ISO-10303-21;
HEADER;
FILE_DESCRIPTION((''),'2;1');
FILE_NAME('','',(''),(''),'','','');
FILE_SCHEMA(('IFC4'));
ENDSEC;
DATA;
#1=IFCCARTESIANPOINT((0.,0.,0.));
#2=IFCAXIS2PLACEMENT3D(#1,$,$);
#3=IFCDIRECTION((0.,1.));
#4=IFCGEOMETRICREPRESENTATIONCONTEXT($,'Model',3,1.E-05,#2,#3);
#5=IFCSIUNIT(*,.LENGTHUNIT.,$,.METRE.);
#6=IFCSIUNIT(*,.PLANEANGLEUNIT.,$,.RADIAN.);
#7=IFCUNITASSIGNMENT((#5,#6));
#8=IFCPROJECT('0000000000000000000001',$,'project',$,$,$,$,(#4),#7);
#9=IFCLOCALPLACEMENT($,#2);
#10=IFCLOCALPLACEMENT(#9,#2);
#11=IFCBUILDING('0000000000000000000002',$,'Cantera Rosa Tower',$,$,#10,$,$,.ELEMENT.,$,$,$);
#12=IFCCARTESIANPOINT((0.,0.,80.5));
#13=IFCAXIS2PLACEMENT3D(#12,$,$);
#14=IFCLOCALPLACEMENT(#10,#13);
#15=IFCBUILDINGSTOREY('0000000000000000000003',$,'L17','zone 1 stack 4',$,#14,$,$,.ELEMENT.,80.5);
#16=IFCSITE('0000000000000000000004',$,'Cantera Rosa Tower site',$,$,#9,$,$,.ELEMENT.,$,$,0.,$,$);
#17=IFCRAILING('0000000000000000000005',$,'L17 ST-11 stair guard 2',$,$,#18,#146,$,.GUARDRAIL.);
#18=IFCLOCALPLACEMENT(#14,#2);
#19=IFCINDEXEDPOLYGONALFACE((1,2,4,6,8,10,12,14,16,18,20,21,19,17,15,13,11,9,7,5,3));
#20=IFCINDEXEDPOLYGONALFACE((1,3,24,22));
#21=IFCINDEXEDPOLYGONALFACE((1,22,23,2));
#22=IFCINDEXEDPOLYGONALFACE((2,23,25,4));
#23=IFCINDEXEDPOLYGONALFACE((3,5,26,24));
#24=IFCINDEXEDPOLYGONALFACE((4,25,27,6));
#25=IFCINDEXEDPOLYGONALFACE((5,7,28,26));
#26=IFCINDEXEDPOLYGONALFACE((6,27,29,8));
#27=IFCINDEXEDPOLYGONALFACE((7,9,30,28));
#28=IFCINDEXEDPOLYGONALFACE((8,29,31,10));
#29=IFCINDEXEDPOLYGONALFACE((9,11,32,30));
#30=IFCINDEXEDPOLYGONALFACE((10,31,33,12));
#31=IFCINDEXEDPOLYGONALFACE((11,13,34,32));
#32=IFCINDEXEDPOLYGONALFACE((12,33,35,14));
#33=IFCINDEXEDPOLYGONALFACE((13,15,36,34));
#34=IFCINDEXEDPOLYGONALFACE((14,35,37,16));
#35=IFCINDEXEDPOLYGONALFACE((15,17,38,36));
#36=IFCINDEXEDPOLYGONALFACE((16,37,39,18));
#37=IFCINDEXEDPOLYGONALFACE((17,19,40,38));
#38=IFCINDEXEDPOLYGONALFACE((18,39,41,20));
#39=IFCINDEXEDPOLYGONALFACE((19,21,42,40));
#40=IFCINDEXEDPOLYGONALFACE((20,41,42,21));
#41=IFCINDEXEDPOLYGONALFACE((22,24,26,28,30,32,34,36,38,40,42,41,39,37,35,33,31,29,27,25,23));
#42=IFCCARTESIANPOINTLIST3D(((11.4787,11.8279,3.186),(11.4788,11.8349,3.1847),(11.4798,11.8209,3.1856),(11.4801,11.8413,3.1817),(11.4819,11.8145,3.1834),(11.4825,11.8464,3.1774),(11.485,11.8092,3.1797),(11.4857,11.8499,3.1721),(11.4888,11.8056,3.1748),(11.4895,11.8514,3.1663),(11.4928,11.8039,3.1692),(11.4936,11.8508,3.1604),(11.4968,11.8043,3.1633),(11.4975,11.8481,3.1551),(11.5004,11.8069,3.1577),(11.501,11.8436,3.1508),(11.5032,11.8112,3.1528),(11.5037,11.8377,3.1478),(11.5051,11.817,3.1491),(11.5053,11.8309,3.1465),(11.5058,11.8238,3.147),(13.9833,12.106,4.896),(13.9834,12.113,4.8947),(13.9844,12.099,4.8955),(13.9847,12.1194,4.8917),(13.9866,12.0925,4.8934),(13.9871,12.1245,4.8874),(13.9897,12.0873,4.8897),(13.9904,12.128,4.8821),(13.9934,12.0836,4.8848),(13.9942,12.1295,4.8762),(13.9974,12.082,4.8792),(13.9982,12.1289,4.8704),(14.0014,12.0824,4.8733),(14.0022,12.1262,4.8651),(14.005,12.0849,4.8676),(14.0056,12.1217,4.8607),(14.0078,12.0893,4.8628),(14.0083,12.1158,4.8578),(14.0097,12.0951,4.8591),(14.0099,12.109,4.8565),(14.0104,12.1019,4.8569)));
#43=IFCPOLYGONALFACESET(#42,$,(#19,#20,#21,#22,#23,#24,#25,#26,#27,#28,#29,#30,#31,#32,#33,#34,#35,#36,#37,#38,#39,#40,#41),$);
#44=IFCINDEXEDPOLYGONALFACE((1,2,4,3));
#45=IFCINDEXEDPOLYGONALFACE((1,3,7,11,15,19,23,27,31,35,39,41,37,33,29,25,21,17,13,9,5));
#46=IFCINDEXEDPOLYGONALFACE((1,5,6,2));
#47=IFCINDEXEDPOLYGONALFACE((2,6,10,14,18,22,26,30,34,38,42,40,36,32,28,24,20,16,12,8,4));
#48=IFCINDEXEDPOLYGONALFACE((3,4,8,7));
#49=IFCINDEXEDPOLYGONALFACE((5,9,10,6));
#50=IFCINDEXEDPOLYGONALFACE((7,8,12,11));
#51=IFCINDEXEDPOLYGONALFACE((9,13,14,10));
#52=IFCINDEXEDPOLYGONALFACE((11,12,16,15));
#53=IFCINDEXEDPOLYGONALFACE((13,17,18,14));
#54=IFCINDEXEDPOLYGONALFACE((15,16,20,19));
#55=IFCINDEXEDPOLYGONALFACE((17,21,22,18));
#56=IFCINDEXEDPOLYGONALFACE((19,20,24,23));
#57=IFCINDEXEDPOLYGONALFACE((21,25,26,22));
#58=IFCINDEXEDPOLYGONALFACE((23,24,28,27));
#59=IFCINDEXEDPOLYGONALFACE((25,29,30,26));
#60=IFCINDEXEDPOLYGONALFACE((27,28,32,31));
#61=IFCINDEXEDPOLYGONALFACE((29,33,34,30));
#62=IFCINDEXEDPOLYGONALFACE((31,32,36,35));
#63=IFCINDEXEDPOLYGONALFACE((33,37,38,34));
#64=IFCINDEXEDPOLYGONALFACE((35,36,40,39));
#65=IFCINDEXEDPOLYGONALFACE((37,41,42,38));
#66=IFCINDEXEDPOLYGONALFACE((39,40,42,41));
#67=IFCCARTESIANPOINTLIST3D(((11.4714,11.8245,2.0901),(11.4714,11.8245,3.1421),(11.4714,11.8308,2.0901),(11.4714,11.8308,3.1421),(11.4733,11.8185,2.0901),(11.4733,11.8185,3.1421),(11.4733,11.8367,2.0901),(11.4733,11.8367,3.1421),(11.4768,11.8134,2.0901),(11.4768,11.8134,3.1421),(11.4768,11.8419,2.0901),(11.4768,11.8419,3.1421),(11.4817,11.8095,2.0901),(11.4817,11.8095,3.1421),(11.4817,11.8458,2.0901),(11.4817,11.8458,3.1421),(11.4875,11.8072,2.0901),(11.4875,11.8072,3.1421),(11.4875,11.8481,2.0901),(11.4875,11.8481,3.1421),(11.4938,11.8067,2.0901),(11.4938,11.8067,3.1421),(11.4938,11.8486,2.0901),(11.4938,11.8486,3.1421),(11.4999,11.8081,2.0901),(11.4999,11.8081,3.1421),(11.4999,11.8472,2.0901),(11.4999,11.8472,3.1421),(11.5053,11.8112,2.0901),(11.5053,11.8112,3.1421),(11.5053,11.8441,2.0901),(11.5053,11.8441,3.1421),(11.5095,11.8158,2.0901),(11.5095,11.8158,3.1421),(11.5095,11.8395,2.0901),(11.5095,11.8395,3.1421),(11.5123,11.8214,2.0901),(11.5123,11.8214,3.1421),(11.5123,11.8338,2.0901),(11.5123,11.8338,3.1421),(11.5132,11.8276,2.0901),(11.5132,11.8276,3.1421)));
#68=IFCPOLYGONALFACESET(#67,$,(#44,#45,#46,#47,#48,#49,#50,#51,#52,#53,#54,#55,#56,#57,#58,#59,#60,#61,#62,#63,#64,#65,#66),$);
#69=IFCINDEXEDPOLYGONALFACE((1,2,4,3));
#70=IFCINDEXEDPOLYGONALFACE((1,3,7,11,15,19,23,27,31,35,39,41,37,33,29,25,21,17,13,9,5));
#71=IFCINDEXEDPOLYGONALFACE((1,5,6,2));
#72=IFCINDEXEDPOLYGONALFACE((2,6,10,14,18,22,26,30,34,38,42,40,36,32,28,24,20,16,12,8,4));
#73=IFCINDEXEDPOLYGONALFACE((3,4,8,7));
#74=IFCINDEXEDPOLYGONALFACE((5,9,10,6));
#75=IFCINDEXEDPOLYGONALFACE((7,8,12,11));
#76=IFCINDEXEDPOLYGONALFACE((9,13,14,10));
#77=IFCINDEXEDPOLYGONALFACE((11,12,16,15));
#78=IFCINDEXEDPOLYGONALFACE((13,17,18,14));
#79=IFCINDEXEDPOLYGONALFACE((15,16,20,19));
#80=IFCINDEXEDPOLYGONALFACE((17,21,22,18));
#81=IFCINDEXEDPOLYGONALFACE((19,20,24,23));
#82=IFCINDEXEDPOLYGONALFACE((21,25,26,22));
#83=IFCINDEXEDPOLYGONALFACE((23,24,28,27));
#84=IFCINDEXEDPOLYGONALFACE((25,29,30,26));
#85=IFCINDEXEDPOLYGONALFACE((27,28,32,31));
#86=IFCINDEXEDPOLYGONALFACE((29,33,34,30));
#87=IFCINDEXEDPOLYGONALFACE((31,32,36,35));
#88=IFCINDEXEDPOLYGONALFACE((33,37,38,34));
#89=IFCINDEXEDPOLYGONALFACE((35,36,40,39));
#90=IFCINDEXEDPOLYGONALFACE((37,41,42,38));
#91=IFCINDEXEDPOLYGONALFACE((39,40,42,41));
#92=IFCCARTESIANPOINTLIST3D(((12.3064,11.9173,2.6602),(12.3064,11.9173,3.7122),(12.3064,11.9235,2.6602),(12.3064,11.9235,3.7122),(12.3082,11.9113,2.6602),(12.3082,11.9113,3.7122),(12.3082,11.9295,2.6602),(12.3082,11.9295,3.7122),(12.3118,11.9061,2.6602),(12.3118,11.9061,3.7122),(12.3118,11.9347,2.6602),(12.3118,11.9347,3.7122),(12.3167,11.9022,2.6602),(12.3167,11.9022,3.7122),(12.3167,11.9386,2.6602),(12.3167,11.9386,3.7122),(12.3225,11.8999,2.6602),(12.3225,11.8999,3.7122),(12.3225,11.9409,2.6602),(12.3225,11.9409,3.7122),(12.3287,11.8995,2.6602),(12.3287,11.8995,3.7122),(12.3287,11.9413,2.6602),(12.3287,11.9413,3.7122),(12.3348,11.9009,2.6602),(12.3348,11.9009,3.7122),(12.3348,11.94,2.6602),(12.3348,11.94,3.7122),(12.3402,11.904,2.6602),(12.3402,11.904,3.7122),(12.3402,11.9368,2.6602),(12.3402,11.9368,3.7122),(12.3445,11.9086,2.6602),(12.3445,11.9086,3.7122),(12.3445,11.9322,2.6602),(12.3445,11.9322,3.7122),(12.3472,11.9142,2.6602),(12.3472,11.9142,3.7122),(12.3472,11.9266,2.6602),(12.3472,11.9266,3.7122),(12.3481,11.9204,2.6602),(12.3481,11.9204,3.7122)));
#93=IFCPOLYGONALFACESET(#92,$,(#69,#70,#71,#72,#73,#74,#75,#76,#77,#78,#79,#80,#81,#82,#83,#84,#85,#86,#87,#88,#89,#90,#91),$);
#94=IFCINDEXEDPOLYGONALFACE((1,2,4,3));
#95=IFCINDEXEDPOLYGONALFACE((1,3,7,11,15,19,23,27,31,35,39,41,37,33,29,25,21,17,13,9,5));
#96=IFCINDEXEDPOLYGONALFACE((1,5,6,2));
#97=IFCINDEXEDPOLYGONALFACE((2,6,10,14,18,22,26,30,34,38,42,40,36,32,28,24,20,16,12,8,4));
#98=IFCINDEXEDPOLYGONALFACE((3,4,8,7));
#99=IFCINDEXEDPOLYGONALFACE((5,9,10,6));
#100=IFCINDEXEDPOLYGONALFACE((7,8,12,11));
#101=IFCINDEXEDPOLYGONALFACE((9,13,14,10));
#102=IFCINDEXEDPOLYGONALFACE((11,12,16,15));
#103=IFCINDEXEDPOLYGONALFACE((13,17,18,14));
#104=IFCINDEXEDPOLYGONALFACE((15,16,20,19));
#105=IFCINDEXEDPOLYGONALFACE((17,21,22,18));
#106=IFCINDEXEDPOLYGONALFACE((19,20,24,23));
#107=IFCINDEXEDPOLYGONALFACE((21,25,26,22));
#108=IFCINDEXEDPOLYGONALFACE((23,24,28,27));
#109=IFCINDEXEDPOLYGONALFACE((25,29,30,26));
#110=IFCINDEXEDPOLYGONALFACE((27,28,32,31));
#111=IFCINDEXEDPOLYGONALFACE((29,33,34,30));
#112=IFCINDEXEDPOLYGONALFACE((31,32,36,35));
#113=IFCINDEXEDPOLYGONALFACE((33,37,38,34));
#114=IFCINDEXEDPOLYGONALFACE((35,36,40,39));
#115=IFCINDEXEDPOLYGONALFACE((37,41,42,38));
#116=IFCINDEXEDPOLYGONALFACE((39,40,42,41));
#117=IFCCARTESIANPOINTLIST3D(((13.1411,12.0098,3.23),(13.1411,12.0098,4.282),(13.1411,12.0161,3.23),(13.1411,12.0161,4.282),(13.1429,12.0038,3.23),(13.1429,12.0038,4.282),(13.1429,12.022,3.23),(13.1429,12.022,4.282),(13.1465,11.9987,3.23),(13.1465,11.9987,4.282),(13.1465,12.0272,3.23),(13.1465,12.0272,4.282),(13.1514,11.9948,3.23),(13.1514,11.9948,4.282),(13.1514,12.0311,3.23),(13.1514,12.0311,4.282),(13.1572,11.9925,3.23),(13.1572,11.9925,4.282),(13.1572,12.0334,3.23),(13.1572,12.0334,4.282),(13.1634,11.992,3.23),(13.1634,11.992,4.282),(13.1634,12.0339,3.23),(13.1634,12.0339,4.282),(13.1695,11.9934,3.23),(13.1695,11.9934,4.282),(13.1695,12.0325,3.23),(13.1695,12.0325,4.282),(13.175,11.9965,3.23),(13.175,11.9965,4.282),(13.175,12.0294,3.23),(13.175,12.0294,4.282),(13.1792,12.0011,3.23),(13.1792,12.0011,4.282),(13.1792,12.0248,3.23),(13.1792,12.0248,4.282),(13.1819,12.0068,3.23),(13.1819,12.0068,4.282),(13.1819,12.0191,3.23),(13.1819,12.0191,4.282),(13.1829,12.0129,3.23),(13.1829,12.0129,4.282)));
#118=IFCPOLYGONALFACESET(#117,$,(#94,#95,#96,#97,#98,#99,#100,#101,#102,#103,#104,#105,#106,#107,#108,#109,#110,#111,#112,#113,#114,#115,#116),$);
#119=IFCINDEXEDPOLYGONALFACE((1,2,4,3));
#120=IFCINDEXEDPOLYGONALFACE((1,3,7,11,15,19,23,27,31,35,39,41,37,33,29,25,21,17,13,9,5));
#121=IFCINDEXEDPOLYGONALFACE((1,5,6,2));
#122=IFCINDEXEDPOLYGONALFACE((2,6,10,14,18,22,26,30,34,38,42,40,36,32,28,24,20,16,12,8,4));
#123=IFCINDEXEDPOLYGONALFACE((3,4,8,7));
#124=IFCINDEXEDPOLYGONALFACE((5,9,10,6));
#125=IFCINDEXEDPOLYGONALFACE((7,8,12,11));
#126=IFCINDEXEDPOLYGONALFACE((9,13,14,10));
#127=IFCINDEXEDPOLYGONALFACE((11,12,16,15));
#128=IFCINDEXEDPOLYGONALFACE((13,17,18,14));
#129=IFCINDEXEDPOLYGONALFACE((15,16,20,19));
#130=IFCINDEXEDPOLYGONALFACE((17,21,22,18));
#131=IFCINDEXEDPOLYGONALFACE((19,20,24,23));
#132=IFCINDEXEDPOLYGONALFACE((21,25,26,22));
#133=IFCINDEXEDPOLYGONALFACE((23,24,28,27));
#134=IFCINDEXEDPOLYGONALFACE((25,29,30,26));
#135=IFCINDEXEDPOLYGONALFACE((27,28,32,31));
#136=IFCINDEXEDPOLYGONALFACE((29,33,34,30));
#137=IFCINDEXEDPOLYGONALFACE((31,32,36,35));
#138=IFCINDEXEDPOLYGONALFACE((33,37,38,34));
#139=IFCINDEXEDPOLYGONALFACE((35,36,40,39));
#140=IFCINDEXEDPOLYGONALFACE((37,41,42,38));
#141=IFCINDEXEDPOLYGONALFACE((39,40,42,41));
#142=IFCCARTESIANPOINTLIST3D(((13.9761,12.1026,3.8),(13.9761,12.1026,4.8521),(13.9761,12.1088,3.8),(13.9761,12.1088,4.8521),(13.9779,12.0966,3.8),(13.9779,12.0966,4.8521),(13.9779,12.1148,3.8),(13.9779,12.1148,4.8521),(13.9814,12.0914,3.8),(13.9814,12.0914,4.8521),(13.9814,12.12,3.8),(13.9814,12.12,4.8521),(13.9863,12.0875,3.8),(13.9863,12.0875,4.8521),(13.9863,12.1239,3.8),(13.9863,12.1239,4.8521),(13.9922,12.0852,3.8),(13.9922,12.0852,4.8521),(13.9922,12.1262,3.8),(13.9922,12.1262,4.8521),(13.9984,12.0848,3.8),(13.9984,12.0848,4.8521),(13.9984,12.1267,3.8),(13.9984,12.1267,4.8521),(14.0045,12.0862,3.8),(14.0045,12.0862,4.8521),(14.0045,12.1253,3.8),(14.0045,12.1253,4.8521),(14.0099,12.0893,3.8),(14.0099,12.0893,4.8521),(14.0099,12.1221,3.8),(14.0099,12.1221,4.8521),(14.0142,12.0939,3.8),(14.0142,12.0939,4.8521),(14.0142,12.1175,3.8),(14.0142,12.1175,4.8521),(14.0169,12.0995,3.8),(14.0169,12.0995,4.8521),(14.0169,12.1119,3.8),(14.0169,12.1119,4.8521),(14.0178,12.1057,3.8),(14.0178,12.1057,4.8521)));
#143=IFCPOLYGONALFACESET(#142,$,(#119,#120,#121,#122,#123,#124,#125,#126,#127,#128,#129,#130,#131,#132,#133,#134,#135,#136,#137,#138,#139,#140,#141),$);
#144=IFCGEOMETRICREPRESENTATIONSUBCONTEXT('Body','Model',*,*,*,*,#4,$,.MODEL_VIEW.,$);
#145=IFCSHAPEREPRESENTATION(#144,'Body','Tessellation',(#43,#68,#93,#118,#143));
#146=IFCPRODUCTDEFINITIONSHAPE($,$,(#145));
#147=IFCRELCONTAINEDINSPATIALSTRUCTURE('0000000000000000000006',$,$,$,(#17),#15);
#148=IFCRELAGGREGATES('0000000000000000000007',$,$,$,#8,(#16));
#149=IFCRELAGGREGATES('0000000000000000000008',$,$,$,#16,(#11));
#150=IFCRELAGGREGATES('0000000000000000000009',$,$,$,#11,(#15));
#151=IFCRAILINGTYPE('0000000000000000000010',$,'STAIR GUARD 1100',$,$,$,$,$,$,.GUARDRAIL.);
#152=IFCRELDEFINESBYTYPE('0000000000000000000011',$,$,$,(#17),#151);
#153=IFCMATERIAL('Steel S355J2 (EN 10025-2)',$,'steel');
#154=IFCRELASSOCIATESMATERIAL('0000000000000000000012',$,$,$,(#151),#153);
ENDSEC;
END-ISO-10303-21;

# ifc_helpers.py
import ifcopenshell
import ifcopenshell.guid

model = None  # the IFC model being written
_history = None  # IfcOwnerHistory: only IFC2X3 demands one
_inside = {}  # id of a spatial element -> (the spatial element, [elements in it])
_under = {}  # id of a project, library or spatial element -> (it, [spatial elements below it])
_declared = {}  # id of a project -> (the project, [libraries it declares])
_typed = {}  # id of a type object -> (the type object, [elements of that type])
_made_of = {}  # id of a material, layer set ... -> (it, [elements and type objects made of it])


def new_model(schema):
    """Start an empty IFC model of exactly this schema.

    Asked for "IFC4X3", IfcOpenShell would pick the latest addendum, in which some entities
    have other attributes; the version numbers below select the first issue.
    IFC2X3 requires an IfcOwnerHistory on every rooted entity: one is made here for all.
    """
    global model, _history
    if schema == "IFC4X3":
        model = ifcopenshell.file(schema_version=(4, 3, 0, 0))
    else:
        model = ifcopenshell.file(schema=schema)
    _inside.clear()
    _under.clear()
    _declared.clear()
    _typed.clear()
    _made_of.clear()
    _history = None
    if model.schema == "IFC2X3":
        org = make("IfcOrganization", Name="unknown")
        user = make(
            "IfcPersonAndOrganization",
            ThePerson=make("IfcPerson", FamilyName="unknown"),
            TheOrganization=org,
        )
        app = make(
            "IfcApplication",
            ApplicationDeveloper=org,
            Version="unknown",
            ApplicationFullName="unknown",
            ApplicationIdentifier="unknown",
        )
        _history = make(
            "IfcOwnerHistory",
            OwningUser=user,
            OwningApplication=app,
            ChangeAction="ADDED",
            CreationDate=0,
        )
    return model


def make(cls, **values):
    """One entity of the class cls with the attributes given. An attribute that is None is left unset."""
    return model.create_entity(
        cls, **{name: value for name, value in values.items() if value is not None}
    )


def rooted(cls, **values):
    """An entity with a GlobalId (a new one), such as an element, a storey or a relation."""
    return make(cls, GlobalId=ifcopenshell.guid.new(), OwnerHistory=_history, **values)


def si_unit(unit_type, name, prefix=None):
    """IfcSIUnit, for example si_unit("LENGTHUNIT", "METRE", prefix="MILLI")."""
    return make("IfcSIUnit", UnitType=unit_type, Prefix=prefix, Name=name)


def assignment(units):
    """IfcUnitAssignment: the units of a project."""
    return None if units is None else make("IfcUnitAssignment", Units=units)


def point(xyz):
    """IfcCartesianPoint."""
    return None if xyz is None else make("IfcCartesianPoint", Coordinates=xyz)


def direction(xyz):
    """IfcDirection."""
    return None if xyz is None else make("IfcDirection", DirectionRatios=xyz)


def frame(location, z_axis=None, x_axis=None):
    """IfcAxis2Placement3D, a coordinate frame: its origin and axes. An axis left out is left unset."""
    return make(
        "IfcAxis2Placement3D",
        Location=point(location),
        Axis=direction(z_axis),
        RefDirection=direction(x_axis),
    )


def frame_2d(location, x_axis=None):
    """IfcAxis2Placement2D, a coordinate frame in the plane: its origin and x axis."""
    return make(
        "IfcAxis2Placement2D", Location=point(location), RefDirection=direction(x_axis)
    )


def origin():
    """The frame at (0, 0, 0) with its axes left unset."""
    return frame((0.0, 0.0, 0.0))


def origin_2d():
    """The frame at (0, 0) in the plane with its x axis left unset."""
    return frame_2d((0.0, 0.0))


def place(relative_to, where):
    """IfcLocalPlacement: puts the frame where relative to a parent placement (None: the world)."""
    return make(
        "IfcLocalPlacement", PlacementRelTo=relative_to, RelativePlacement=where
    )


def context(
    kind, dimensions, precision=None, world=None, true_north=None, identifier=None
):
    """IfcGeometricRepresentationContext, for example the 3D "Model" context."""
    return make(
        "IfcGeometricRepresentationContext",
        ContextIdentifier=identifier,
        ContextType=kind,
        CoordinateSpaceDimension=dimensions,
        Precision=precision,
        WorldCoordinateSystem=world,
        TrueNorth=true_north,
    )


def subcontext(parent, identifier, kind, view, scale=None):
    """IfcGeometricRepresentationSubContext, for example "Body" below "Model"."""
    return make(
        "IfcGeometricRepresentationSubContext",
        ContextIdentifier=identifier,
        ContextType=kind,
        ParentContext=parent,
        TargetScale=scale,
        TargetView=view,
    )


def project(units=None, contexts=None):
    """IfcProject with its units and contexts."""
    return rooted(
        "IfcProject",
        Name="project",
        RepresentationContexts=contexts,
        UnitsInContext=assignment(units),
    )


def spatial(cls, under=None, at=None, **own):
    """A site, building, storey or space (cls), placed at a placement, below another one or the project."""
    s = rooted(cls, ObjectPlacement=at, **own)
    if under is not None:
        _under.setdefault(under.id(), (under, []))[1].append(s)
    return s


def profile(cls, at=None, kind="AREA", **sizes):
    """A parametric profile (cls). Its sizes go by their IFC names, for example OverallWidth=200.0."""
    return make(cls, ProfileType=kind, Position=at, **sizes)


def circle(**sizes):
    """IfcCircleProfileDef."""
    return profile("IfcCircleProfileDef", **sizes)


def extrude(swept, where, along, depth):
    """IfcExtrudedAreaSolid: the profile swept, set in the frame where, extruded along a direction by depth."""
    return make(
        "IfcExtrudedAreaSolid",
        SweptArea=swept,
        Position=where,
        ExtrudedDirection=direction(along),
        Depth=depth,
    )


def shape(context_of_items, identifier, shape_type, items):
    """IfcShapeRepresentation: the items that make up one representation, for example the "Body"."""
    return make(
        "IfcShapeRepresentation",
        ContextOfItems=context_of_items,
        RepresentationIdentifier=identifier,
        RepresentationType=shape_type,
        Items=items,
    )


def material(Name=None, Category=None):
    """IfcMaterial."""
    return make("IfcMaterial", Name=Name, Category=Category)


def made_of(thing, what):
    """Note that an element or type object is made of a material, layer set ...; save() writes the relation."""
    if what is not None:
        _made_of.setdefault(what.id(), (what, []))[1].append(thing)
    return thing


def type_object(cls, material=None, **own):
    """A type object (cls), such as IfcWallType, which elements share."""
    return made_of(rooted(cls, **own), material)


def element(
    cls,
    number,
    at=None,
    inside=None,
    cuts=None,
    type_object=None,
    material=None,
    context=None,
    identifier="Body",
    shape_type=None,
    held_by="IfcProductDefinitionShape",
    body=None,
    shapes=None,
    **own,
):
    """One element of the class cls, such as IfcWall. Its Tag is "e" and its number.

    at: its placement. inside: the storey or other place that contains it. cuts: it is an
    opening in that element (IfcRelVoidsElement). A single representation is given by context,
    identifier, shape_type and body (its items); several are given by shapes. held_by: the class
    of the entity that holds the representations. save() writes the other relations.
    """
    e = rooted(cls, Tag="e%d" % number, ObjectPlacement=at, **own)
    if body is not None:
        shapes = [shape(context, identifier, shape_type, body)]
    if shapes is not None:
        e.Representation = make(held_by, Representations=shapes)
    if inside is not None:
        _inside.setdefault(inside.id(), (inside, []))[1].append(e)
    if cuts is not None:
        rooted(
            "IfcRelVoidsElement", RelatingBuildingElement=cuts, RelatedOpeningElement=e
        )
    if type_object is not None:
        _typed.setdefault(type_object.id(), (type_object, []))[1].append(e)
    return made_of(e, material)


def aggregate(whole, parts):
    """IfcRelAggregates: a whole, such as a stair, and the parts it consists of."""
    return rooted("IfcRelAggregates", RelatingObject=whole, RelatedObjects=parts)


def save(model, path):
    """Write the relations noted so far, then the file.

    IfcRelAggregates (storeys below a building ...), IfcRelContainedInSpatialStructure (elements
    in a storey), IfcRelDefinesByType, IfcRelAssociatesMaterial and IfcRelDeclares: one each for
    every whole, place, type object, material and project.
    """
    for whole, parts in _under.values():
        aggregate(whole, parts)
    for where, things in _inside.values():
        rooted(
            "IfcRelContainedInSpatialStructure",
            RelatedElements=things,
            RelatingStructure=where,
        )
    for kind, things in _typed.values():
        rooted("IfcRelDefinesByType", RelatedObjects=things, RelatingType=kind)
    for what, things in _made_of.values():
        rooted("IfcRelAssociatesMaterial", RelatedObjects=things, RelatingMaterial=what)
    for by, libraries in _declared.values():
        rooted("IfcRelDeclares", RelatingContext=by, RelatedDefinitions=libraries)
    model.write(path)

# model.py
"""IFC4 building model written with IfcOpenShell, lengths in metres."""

from ifc_helpers import new_model, si_unit, direction, frame, origin, origin_2d, place, context, subcontext, project, spatial, circle, extrude, material, type_object, element, save


model = new_model("IFC4")

# Units and contexts
model_context = context("Model", 3, precision=1e-05, world=origin(), true_north=direction((0.0, 1.0)))
body_context = subcontext(model_context, "Body", "Model", "MODEL_VIEW")
ifc_project = project(units=[si_unit("LENGTHUNIT", "METRE"), si_unit("PLANEANGLEUNIT", "RADIAN")], contexts=[model_context])

# Site, building, storey
site_placement = place(None, origin())
site = spatial("IfcSite", under=ifc_project, at=site_placement, Name="Cantera Rosa Tower site", CompositionType="ELEMENT", RefElevation=0.0)
building_placement = place(site_placement, origin())
building = spatial("IfcBuilding", under=site, at=building_placement, Name="Cantera Rosa Tower", CompositionType="ELEMENT")
storey_placement = place(building_placement, frame((0.0, 0.0, 80.5)))
storey = spatial("IfcBuildingStorey", under=building, at=storey_placement, Name="L17", Description="zone 1 stack 4", CompositionType="ELEMENT", Elevation=80.5)

# Railing
ifc_material_1 = material(Name="Steel S355J2 (EN 10025-2)", Category="steel")
railing_type_1 = type_object("IfcRailingType", Name="STAIR GUARD 1100", PredefinedType="GUARDRAIL", material=ifc_material_1)
railing_1_placement = place(storey_placement, frame((11.4922, 11.8276, 2.0901)))
element("IfcRailing", 1, at=railing_1_placement, inside=storey, type_object=railing_type_1, Name="L17 ST-11 stair guard 2", PredefinedType="GUARDRAIL", context=body_context, shape_type="SweptSolid", body=[
    extrude(circle(Radius=0.0239, at=origin_2d()), frame((0.0, 0.0, 1.0762), z_axis=(0.822431, 0.09131, 0.561488), x_axis=(-0.110346, 0.993893, 0.0)), (0.0, 0.0, 1.0), 3.0454),
    extrude(circle(Radius=0.021, at=origin_2d()), origin(), (0.0, 0.0, 1.0), 1.052),
    extrude(circle(Radius=0.021, at=origin_2d()), frame((0.835, 0.0928, 0.5701)), (0.0, 0.0, 1.0), 1.052),
    extrude(circle(Radius=0.021, at=origin_2d()), frame((1.6697, 0.1853, 1.1399)), (0.0, 0.0, 1.0), 1.052),
    extrude(circle(Radius=0.021, at=origin_2d()), frame((2.5046, 0.2781, 1.71)), (0.0, 0.0, 1.0), 1.052),
])

save(model, "model.ifc")
